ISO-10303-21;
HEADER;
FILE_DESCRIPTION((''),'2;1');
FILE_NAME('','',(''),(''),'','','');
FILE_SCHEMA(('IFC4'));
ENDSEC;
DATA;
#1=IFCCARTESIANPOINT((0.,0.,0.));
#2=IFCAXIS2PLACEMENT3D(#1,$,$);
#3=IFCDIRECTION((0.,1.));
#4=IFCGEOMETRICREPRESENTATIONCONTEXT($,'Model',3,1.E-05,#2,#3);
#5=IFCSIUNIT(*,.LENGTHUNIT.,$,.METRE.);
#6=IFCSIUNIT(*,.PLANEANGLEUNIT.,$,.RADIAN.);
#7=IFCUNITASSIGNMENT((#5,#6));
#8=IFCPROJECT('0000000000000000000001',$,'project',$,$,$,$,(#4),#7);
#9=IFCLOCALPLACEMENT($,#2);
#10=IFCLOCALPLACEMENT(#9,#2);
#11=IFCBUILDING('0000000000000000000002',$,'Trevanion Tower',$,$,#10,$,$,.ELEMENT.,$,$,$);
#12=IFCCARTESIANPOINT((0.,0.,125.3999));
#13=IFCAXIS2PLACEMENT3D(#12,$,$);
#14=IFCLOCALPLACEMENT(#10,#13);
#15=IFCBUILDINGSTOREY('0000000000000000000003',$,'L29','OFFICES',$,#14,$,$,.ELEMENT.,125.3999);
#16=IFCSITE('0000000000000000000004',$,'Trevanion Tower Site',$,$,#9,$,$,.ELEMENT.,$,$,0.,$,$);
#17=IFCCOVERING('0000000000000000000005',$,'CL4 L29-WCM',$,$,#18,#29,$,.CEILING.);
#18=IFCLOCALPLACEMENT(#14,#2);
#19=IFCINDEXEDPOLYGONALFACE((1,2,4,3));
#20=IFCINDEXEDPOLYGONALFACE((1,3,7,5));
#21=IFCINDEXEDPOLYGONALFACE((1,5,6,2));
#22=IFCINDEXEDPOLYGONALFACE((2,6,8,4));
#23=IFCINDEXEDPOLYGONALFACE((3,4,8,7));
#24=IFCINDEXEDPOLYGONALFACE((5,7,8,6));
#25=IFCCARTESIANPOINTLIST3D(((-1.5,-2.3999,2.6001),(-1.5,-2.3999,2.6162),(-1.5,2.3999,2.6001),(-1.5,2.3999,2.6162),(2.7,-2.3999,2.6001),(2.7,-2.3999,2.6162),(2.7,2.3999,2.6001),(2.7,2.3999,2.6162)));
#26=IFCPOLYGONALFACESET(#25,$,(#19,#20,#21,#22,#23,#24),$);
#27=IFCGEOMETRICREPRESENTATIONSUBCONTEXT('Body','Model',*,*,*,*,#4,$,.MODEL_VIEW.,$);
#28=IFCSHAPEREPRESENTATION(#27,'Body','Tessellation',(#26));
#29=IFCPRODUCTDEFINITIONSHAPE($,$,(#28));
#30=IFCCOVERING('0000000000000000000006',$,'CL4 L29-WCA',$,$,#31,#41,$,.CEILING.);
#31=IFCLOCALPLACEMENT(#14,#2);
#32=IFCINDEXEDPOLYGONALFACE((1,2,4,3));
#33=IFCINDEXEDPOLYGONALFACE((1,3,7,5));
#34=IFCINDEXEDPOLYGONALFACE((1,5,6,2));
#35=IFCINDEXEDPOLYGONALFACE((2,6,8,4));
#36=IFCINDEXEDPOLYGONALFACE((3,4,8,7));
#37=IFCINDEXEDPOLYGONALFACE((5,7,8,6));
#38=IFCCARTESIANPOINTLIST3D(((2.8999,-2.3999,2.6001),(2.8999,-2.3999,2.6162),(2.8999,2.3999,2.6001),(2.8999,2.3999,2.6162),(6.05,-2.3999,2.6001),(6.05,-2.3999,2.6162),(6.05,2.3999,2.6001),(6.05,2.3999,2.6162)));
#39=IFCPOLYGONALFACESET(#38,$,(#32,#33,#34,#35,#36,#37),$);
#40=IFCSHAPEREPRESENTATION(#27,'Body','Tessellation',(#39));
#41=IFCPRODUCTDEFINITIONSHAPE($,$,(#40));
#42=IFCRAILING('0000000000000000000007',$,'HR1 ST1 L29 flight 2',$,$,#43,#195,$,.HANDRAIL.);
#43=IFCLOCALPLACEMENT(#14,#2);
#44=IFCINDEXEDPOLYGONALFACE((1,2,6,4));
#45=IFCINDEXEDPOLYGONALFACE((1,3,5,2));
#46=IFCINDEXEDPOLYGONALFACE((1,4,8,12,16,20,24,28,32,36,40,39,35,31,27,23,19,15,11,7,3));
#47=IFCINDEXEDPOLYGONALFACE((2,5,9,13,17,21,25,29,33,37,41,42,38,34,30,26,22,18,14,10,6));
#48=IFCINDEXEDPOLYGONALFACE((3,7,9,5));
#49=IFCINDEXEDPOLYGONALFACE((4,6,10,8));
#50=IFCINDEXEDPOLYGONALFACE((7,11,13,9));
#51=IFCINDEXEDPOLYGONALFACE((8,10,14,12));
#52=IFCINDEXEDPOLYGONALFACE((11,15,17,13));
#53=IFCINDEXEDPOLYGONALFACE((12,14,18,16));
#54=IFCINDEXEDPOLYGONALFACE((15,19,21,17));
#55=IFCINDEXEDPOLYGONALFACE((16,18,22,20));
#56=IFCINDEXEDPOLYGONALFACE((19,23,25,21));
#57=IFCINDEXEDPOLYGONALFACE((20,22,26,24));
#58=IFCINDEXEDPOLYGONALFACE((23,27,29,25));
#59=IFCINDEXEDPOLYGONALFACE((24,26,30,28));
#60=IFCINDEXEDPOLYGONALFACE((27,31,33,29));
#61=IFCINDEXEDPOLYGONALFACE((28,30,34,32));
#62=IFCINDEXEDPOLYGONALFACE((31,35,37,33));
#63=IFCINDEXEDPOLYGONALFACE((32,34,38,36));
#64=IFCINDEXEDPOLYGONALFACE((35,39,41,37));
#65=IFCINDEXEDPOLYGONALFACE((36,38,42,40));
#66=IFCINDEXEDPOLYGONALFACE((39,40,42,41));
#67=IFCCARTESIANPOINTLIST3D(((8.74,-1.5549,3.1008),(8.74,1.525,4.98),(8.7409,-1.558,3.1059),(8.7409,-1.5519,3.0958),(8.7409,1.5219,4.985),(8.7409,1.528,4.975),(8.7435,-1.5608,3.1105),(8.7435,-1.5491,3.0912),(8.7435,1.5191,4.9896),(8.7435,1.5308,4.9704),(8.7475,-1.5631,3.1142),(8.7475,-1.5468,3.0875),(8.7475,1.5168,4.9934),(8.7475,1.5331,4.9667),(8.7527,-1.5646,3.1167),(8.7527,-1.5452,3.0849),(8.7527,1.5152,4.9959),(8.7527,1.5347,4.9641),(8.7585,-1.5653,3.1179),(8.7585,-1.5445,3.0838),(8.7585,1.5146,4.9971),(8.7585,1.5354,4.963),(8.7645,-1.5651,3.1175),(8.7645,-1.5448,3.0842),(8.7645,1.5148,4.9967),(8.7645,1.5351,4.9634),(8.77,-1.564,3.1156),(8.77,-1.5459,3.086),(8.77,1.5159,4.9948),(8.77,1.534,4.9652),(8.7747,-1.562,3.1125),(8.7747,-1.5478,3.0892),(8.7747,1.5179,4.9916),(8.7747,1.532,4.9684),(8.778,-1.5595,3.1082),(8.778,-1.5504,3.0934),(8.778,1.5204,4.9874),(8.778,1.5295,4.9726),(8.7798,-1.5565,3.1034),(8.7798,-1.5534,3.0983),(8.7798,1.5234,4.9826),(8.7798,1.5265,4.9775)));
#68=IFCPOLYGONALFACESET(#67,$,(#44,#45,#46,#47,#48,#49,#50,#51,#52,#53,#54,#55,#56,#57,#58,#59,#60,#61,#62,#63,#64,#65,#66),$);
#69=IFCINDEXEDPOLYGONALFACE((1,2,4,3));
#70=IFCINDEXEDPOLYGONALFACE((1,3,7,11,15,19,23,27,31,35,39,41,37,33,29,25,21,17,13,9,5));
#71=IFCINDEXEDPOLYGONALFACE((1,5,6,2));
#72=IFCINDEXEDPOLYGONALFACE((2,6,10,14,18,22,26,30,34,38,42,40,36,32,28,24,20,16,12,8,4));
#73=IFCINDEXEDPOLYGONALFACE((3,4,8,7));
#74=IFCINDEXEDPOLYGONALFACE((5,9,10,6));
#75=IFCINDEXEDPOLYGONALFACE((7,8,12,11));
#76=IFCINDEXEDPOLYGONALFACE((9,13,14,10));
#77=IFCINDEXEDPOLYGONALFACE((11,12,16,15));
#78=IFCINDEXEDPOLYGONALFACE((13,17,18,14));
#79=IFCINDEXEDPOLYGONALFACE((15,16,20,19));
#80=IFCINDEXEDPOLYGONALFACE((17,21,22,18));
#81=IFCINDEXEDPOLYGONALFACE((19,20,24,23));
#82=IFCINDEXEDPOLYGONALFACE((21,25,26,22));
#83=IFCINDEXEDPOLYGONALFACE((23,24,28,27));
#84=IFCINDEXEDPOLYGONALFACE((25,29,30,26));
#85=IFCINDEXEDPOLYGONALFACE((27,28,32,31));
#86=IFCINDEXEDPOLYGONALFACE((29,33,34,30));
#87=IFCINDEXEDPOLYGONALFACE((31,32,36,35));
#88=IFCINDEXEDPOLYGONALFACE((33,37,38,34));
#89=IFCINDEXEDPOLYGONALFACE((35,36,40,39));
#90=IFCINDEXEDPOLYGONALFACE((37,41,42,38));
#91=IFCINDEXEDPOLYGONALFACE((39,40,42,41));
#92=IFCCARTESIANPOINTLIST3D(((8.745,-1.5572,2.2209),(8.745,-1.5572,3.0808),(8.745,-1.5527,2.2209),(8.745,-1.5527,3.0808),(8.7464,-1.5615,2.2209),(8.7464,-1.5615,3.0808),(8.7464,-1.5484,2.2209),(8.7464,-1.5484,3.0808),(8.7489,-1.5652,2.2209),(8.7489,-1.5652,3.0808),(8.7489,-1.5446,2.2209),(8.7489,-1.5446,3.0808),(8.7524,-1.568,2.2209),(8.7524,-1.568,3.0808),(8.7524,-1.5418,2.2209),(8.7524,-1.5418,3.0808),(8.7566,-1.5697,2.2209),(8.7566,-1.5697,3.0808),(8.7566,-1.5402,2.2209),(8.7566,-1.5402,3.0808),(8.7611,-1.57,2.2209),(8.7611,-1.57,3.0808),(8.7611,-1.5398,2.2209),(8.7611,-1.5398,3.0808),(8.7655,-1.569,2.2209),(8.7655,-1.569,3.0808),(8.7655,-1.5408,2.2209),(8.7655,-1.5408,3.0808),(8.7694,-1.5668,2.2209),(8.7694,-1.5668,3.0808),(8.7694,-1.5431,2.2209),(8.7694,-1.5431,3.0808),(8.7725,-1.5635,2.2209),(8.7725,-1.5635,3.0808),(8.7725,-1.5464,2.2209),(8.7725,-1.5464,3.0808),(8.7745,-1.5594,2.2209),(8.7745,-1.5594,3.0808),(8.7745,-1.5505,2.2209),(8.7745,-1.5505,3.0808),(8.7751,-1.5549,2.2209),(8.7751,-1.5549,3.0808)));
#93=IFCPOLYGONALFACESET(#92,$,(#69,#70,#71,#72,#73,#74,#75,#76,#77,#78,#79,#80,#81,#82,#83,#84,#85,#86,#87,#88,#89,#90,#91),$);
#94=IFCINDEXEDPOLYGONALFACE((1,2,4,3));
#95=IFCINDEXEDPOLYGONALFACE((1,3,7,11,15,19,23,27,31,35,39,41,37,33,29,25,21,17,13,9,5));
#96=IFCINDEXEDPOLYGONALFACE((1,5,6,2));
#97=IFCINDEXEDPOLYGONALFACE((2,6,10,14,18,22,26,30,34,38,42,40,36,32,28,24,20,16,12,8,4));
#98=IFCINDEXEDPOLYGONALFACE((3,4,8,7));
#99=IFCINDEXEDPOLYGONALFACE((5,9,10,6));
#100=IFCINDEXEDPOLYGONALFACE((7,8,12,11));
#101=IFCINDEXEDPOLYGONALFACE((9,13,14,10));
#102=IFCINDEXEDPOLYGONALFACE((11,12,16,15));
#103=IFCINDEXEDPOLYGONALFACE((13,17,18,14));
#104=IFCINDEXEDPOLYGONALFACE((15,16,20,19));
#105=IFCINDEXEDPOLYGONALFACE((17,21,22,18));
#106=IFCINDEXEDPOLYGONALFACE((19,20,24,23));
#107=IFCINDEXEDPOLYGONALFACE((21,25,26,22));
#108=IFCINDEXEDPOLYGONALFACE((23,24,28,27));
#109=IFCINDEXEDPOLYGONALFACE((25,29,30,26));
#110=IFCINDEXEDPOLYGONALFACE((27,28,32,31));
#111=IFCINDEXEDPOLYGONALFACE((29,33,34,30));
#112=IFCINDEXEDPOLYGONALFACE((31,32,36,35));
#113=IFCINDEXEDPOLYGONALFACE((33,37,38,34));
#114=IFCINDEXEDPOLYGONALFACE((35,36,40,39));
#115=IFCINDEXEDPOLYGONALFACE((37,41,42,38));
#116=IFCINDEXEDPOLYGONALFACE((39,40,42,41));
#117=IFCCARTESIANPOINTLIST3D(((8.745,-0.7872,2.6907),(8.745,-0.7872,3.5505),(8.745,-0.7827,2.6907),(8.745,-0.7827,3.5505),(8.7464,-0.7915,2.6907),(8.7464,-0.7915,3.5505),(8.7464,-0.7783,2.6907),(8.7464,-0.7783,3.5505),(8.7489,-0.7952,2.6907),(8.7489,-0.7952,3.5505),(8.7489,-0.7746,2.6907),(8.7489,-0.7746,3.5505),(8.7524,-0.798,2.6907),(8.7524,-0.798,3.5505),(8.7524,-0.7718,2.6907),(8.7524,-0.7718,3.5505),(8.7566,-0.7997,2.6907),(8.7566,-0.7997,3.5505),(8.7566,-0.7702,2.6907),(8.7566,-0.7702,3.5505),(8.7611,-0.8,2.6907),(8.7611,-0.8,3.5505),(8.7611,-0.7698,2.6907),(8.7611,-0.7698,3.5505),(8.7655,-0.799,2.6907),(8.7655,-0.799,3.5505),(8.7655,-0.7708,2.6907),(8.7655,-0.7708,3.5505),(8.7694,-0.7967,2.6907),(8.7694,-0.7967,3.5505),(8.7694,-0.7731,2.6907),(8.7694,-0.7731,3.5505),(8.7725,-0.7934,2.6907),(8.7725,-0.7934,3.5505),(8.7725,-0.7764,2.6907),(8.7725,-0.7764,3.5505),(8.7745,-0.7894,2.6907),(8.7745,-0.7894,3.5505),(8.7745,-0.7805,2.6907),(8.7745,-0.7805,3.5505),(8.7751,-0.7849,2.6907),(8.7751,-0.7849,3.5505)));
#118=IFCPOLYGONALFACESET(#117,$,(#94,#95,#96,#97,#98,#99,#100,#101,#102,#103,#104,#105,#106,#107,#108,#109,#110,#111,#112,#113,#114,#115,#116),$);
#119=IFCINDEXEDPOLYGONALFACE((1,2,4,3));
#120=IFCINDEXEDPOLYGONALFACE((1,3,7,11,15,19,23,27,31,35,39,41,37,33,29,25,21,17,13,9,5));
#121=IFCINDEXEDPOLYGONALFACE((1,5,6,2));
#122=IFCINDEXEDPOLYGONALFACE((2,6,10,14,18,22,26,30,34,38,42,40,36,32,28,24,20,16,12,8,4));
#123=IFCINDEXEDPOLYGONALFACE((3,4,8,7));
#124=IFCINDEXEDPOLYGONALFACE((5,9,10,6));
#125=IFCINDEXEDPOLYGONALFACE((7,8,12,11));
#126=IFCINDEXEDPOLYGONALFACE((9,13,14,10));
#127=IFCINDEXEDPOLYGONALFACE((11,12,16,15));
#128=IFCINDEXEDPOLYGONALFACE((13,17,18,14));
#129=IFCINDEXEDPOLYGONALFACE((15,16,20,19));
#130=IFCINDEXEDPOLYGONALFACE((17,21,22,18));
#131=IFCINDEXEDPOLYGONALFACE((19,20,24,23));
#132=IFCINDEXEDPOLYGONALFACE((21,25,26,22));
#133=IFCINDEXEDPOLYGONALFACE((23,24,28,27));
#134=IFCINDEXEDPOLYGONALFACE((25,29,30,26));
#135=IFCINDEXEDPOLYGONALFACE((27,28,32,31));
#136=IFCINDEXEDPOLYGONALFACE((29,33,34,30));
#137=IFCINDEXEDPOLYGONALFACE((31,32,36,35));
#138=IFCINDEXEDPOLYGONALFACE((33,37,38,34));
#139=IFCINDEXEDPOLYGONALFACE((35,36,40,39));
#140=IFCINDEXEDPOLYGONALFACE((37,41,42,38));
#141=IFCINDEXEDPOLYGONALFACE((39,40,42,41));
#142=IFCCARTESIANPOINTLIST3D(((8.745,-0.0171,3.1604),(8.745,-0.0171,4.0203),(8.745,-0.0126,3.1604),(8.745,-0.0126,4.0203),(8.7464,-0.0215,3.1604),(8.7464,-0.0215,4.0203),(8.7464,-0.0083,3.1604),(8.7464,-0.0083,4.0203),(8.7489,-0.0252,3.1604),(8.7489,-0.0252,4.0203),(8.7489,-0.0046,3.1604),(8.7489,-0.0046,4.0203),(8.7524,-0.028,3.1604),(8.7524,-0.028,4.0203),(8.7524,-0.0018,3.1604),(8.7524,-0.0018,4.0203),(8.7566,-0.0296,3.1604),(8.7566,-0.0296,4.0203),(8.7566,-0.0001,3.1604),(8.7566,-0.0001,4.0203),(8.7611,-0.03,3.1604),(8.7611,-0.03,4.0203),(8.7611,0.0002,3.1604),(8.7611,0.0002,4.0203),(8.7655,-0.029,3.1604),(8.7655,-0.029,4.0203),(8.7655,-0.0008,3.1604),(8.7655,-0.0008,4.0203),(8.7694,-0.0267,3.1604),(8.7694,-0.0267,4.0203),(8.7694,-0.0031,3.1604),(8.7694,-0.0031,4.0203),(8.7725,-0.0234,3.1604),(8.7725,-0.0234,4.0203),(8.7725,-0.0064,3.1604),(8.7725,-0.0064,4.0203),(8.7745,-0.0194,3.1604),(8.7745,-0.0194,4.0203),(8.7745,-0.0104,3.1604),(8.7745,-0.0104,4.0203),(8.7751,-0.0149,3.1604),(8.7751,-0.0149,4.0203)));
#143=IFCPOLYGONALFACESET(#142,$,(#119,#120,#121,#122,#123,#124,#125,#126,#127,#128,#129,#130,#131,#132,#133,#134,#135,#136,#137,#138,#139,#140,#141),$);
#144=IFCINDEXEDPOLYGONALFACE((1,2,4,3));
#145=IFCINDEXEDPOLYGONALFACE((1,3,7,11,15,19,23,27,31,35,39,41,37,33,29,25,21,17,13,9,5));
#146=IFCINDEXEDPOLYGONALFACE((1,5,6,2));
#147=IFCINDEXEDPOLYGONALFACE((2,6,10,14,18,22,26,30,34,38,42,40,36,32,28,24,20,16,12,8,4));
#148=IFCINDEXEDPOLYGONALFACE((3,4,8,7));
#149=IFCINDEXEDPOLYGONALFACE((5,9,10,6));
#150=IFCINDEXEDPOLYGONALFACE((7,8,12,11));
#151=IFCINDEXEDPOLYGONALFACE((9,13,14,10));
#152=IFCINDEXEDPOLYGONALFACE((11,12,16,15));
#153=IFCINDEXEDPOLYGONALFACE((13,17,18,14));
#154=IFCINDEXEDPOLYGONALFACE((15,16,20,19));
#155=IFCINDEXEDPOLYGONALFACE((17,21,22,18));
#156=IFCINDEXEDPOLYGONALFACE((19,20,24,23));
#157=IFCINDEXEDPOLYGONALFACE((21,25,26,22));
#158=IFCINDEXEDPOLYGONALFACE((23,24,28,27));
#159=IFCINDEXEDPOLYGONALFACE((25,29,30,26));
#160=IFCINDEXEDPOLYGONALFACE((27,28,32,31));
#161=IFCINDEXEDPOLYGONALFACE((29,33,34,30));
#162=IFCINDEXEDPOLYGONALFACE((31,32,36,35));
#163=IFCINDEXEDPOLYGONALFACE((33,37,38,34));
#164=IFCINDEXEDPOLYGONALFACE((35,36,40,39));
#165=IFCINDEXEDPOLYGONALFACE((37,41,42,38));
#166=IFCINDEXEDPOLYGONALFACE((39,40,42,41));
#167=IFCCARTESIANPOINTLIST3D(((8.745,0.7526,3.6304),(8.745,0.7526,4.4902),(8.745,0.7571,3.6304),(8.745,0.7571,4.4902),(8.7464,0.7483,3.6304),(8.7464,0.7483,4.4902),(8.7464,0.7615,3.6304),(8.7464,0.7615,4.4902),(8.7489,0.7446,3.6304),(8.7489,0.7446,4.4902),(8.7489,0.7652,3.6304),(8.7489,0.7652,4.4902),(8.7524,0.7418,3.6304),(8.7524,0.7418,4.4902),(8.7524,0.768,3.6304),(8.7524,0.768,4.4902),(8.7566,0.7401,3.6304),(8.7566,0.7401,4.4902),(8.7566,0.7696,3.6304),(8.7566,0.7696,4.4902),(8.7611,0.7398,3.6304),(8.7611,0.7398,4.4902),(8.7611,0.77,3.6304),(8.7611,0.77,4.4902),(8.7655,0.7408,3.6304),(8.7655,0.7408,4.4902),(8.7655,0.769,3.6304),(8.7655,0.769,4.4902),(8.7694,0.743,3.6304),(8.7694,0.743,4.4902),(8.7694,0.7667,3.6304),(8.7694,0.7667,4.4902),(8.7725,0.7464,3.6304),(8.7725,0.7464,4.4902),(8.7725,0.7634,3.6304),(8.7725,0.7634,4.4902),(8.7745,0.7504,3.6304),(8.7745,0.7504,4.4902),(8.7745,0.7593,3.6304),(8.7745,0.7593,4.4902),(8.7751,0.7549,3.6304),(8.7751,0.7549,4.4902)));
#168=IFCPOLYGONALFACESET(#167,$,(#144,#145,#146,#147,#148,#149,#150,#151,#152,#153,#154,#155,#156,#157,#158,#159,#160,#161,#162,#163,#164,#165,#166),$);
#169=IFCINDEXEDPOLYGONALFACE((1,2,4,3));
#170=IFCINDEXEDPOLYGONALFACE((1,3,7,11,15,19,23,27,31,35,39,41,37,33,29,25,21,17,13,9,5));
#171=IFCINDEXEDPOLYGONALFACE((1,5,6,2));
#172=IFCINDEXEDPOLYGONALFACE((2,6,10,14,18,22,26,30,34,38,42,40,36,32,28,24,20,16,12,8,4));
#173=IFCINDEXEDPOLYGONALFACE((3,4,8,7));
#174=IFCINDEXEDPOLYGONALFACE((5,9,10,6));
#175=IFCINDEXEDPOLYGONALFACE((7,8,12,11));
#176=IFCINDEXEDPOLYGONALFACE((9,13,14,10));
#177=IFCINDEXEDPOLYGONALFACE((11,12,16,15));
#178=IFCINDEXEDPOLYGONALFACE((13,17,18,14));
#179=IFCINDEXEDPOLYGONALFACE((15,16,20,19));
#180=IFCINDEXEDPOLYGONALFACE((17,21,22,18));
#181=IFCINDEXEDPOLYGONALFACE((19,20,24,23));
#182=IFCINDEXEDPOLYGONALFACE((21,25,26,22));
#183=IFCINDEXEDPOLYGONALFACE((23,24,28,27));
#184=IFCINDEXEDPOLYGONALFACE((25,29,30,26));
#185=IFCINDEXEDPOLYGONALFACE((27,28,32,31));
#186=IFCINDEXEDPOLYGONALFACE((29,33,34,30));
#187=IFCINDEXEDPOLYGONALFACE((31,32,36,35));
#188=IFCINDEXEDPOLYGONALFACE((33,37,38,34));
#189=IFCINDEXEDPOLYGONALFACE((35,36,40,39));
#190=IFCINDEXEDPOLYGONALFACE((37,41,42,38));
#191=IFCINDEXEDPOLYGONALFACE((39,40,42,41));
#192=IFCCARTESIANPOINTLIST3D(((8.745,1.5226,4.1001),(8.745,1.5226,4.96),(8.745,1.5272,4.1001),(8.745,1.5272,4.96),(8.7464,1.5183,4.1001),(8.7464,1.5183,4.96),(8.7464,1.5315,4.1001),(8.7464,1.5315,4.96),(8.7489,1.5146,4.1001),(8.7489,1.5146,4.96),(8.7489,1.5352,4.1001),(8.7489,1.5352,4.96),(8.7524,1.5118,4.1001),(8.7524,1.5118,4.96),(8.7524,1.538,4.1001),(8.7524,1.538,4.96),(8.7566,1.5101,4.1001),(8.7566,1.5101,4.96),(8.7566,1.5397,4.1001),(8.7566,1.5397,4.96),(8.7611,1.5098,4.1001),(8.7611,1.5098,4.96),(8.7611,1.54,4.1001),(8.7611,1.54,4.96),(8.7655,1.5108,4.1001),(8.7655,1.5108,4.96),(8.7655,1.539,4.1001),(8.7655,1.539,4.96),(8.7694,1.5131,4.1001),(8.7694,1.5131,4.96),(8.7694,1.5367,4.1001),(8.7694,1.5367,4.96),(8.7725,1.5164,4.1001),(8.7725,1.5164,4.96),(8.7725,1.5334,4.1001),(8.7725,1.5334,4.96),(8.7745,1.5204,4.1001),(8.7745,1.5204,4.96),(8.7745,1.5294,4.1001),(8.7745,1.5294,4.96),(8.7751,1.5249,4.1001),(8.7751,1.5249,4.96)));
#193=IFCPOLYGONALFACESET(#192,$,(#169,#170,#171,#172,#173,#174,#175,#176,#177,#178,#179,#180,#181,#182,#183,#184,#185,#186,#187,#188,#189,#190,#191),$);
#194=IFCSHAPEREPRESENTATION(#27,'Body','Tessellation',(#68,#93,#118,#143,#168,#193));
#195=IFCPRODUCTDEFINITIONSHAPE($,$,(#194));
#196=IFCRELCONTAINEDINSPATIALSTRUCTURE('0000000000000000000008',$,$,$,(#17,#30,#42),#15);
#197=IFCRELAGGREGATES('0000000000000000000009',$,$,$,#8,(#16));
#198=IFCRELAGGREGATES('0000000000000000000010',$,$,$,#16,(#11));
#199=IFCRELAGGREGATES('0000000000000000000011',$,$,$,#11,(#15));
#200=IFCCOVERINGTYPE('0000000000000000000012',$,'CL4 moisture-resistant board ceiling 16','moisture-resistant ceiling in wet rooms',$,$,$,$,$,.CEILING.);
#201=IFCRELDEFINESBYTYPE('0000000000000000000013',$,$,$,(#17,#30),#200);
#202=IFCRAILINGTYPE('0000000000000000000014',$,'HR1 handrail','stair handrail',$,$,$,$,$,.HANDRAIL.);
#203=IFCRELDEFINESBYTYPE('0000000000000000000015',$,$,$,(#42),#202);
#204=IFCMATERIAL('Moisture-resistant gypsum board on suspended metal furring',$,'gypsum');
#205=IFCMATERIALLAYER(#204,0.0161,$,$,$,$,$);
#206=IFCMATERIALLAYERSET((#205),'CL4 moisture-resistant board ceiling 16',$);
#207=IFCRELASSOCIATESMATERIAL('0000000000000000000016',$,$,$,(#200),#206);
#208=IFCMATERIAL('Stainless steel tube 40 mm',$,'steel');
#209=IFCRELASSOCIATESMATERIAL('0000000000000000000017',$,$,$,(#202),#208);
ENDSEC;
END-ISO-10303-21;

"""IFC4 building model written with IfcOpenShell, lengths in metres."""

from ifc_helpers import new_model, si_unit, direction, frame, origin, origin_2d, place, context, subcontext, project, spatial, polyline, circle, outline, extrude, material, layer, layer_set, type_object, element, save


model = new_model("IFC4")

# Units and contexts
model_context = context("Model", 3, precision=1e-05, world=origin(), true_north=direction((0.0, 1.0)))
body_context = subcontext(model_context, "Body", "Model", "MODEL_VIEW")
ifc_project = project(units=[si_unit("LENGTHUNIT", "METRE"), si_unit("PLANEANGLEUNIT", "RADIAN")], contexts=[model_context])

# Site, building, storey
site_placement = place(None, origin())
site = spatial("IfcSite", under=ifc_project, at=site_placement, Name="Trevanion Tower Site", CompositionType="ELEMENT", RefElevation=0.0)
building_placement = place(site_placement, origin())
building = spatial("IfcBuilding", under=site, at=building_placement, Name="Trevanion Tower", CompositionType="ELEMENT")
storey_placement = place(building_placement, frame((0.0, 0.0, 125.3999)))
storey = spatial("IfcBuildingStorey", under=building, at=storey_placement, Name="L29", Description="OFFICES", CompositionType="ELEMENT", Elevation=125.3999)

# Coverings
ifc_material_1 = material(Name="Moisture-resistant gypsum board on suspended metal furring", Category="gypsum")
ifc_layer_1 = layer(ifc_material_1, 0.0161)
ifc_layer_set_1 = layer_set([ifc_layer_1], Name="CL4 moisture-resistant board ceiling 16")
covering_type_1 = type_object("IfcCoveringType", Name="CL4 moisture-resistant board ceiling 16", Description="moisture-resistant ceiling in wet rooms", PredefinedType="CEILING", material=ifc_layer_set_1)
covering_1_placement = place(storey_placement, frame((0.0, 0.0, 2.6001)))
element("IfcCovering", 1, at=covering_1_placement, inside=storey, type_object=covering_type_1, Name="CL4 L29-WCM", PredefinedType="CEILING", context=body_context, shape_type="SweptSolid", body=[
    extrude(outline(polyline([(2.7, -2.3999), (2.7, 2.3999), (-1.5, 2.3999), (-1.5, -2.3999), (2.7, -2.3999)])), origin(), (0.0, 0.0, 1.0), 0.0161),
])
covering_2_placement = place(storey_placement, frame((0.0, 0.0, 2.6001)))
element("IfcCovering", 2, at=covering_2_placement, inside=storey, type_object=covering_type_1, Name="CL4 L29-WCA", PredefinedType="CEILING", context=body_context, shape_type="SweptSolid", body=[
    extrude(outline(polyline([(6.05, -2.3999), (6.05, 2.3999), (2.8999, 2.3999), (2.8999, -2.3999), (6.05, -2.3999)])), origin(), (0.0, 0.0, 1.0), 0.0161),
])

# Railing
ifc_material_2 = material(Name="Stainless steel tube 40 mm", Category="steel")
railing_type = type_object("IfcRailingType", Name="HR1 handrail", Description="stair handrail", PredefinedType="HANDRAIL", material=ifc_material_2)
for number, where, name in (
    (3, (8.76, -1.5549, 2.2209), "HR1 ST1 L29 flight 2"),
):
    element("IfcRailing", number, at=place(storey_placement, frame(where)), inside=storey, type_object=railing_type, Name=name, PredefinedType="HANDRAIL", context=body_context, shape_type="SweptSolid", body=[
        extrude(circle(Radius=0.02, at=origin_2d()), frame((0.0, 0.0, 0.8799), z_axis=(0.0, 0.853648, 0.52085), x_axis=(-1.0, 0.0, 0.0)), (0.0, 0.0, 1.0), 3.6079),
        extrude(circle(Radius=0.0151, at=origin_2d()), origin(), (0.0, 0.0, 1.0), 0.8599),
        extrude(circle(Radius=0.0151, at=origin_2d()), frame((0.0, 0.77, 0.4697)), (0.0, 0.0, 1.0), 0.8599),
        extrude(circle(Radius=0.0151, at=origin_2d()), frame((0.0, 1.54, 0.9395)), (0.0, 0.0, 1.0), 0.8599),
        extrude(circle(Radius=0.0151, at=origin_2d()), frame((0.0, 2.3098, 1.4094)), (0.0, 0.0, 1.0), 0.8599),
        extrude(circle(Radius=0.0151, at=origin_2d()), frame((0.0, 3.0798, 1.8792)), (0.0, 0.0, 1.0), 0.8599),
    ])

save(model, "model.ifc")
